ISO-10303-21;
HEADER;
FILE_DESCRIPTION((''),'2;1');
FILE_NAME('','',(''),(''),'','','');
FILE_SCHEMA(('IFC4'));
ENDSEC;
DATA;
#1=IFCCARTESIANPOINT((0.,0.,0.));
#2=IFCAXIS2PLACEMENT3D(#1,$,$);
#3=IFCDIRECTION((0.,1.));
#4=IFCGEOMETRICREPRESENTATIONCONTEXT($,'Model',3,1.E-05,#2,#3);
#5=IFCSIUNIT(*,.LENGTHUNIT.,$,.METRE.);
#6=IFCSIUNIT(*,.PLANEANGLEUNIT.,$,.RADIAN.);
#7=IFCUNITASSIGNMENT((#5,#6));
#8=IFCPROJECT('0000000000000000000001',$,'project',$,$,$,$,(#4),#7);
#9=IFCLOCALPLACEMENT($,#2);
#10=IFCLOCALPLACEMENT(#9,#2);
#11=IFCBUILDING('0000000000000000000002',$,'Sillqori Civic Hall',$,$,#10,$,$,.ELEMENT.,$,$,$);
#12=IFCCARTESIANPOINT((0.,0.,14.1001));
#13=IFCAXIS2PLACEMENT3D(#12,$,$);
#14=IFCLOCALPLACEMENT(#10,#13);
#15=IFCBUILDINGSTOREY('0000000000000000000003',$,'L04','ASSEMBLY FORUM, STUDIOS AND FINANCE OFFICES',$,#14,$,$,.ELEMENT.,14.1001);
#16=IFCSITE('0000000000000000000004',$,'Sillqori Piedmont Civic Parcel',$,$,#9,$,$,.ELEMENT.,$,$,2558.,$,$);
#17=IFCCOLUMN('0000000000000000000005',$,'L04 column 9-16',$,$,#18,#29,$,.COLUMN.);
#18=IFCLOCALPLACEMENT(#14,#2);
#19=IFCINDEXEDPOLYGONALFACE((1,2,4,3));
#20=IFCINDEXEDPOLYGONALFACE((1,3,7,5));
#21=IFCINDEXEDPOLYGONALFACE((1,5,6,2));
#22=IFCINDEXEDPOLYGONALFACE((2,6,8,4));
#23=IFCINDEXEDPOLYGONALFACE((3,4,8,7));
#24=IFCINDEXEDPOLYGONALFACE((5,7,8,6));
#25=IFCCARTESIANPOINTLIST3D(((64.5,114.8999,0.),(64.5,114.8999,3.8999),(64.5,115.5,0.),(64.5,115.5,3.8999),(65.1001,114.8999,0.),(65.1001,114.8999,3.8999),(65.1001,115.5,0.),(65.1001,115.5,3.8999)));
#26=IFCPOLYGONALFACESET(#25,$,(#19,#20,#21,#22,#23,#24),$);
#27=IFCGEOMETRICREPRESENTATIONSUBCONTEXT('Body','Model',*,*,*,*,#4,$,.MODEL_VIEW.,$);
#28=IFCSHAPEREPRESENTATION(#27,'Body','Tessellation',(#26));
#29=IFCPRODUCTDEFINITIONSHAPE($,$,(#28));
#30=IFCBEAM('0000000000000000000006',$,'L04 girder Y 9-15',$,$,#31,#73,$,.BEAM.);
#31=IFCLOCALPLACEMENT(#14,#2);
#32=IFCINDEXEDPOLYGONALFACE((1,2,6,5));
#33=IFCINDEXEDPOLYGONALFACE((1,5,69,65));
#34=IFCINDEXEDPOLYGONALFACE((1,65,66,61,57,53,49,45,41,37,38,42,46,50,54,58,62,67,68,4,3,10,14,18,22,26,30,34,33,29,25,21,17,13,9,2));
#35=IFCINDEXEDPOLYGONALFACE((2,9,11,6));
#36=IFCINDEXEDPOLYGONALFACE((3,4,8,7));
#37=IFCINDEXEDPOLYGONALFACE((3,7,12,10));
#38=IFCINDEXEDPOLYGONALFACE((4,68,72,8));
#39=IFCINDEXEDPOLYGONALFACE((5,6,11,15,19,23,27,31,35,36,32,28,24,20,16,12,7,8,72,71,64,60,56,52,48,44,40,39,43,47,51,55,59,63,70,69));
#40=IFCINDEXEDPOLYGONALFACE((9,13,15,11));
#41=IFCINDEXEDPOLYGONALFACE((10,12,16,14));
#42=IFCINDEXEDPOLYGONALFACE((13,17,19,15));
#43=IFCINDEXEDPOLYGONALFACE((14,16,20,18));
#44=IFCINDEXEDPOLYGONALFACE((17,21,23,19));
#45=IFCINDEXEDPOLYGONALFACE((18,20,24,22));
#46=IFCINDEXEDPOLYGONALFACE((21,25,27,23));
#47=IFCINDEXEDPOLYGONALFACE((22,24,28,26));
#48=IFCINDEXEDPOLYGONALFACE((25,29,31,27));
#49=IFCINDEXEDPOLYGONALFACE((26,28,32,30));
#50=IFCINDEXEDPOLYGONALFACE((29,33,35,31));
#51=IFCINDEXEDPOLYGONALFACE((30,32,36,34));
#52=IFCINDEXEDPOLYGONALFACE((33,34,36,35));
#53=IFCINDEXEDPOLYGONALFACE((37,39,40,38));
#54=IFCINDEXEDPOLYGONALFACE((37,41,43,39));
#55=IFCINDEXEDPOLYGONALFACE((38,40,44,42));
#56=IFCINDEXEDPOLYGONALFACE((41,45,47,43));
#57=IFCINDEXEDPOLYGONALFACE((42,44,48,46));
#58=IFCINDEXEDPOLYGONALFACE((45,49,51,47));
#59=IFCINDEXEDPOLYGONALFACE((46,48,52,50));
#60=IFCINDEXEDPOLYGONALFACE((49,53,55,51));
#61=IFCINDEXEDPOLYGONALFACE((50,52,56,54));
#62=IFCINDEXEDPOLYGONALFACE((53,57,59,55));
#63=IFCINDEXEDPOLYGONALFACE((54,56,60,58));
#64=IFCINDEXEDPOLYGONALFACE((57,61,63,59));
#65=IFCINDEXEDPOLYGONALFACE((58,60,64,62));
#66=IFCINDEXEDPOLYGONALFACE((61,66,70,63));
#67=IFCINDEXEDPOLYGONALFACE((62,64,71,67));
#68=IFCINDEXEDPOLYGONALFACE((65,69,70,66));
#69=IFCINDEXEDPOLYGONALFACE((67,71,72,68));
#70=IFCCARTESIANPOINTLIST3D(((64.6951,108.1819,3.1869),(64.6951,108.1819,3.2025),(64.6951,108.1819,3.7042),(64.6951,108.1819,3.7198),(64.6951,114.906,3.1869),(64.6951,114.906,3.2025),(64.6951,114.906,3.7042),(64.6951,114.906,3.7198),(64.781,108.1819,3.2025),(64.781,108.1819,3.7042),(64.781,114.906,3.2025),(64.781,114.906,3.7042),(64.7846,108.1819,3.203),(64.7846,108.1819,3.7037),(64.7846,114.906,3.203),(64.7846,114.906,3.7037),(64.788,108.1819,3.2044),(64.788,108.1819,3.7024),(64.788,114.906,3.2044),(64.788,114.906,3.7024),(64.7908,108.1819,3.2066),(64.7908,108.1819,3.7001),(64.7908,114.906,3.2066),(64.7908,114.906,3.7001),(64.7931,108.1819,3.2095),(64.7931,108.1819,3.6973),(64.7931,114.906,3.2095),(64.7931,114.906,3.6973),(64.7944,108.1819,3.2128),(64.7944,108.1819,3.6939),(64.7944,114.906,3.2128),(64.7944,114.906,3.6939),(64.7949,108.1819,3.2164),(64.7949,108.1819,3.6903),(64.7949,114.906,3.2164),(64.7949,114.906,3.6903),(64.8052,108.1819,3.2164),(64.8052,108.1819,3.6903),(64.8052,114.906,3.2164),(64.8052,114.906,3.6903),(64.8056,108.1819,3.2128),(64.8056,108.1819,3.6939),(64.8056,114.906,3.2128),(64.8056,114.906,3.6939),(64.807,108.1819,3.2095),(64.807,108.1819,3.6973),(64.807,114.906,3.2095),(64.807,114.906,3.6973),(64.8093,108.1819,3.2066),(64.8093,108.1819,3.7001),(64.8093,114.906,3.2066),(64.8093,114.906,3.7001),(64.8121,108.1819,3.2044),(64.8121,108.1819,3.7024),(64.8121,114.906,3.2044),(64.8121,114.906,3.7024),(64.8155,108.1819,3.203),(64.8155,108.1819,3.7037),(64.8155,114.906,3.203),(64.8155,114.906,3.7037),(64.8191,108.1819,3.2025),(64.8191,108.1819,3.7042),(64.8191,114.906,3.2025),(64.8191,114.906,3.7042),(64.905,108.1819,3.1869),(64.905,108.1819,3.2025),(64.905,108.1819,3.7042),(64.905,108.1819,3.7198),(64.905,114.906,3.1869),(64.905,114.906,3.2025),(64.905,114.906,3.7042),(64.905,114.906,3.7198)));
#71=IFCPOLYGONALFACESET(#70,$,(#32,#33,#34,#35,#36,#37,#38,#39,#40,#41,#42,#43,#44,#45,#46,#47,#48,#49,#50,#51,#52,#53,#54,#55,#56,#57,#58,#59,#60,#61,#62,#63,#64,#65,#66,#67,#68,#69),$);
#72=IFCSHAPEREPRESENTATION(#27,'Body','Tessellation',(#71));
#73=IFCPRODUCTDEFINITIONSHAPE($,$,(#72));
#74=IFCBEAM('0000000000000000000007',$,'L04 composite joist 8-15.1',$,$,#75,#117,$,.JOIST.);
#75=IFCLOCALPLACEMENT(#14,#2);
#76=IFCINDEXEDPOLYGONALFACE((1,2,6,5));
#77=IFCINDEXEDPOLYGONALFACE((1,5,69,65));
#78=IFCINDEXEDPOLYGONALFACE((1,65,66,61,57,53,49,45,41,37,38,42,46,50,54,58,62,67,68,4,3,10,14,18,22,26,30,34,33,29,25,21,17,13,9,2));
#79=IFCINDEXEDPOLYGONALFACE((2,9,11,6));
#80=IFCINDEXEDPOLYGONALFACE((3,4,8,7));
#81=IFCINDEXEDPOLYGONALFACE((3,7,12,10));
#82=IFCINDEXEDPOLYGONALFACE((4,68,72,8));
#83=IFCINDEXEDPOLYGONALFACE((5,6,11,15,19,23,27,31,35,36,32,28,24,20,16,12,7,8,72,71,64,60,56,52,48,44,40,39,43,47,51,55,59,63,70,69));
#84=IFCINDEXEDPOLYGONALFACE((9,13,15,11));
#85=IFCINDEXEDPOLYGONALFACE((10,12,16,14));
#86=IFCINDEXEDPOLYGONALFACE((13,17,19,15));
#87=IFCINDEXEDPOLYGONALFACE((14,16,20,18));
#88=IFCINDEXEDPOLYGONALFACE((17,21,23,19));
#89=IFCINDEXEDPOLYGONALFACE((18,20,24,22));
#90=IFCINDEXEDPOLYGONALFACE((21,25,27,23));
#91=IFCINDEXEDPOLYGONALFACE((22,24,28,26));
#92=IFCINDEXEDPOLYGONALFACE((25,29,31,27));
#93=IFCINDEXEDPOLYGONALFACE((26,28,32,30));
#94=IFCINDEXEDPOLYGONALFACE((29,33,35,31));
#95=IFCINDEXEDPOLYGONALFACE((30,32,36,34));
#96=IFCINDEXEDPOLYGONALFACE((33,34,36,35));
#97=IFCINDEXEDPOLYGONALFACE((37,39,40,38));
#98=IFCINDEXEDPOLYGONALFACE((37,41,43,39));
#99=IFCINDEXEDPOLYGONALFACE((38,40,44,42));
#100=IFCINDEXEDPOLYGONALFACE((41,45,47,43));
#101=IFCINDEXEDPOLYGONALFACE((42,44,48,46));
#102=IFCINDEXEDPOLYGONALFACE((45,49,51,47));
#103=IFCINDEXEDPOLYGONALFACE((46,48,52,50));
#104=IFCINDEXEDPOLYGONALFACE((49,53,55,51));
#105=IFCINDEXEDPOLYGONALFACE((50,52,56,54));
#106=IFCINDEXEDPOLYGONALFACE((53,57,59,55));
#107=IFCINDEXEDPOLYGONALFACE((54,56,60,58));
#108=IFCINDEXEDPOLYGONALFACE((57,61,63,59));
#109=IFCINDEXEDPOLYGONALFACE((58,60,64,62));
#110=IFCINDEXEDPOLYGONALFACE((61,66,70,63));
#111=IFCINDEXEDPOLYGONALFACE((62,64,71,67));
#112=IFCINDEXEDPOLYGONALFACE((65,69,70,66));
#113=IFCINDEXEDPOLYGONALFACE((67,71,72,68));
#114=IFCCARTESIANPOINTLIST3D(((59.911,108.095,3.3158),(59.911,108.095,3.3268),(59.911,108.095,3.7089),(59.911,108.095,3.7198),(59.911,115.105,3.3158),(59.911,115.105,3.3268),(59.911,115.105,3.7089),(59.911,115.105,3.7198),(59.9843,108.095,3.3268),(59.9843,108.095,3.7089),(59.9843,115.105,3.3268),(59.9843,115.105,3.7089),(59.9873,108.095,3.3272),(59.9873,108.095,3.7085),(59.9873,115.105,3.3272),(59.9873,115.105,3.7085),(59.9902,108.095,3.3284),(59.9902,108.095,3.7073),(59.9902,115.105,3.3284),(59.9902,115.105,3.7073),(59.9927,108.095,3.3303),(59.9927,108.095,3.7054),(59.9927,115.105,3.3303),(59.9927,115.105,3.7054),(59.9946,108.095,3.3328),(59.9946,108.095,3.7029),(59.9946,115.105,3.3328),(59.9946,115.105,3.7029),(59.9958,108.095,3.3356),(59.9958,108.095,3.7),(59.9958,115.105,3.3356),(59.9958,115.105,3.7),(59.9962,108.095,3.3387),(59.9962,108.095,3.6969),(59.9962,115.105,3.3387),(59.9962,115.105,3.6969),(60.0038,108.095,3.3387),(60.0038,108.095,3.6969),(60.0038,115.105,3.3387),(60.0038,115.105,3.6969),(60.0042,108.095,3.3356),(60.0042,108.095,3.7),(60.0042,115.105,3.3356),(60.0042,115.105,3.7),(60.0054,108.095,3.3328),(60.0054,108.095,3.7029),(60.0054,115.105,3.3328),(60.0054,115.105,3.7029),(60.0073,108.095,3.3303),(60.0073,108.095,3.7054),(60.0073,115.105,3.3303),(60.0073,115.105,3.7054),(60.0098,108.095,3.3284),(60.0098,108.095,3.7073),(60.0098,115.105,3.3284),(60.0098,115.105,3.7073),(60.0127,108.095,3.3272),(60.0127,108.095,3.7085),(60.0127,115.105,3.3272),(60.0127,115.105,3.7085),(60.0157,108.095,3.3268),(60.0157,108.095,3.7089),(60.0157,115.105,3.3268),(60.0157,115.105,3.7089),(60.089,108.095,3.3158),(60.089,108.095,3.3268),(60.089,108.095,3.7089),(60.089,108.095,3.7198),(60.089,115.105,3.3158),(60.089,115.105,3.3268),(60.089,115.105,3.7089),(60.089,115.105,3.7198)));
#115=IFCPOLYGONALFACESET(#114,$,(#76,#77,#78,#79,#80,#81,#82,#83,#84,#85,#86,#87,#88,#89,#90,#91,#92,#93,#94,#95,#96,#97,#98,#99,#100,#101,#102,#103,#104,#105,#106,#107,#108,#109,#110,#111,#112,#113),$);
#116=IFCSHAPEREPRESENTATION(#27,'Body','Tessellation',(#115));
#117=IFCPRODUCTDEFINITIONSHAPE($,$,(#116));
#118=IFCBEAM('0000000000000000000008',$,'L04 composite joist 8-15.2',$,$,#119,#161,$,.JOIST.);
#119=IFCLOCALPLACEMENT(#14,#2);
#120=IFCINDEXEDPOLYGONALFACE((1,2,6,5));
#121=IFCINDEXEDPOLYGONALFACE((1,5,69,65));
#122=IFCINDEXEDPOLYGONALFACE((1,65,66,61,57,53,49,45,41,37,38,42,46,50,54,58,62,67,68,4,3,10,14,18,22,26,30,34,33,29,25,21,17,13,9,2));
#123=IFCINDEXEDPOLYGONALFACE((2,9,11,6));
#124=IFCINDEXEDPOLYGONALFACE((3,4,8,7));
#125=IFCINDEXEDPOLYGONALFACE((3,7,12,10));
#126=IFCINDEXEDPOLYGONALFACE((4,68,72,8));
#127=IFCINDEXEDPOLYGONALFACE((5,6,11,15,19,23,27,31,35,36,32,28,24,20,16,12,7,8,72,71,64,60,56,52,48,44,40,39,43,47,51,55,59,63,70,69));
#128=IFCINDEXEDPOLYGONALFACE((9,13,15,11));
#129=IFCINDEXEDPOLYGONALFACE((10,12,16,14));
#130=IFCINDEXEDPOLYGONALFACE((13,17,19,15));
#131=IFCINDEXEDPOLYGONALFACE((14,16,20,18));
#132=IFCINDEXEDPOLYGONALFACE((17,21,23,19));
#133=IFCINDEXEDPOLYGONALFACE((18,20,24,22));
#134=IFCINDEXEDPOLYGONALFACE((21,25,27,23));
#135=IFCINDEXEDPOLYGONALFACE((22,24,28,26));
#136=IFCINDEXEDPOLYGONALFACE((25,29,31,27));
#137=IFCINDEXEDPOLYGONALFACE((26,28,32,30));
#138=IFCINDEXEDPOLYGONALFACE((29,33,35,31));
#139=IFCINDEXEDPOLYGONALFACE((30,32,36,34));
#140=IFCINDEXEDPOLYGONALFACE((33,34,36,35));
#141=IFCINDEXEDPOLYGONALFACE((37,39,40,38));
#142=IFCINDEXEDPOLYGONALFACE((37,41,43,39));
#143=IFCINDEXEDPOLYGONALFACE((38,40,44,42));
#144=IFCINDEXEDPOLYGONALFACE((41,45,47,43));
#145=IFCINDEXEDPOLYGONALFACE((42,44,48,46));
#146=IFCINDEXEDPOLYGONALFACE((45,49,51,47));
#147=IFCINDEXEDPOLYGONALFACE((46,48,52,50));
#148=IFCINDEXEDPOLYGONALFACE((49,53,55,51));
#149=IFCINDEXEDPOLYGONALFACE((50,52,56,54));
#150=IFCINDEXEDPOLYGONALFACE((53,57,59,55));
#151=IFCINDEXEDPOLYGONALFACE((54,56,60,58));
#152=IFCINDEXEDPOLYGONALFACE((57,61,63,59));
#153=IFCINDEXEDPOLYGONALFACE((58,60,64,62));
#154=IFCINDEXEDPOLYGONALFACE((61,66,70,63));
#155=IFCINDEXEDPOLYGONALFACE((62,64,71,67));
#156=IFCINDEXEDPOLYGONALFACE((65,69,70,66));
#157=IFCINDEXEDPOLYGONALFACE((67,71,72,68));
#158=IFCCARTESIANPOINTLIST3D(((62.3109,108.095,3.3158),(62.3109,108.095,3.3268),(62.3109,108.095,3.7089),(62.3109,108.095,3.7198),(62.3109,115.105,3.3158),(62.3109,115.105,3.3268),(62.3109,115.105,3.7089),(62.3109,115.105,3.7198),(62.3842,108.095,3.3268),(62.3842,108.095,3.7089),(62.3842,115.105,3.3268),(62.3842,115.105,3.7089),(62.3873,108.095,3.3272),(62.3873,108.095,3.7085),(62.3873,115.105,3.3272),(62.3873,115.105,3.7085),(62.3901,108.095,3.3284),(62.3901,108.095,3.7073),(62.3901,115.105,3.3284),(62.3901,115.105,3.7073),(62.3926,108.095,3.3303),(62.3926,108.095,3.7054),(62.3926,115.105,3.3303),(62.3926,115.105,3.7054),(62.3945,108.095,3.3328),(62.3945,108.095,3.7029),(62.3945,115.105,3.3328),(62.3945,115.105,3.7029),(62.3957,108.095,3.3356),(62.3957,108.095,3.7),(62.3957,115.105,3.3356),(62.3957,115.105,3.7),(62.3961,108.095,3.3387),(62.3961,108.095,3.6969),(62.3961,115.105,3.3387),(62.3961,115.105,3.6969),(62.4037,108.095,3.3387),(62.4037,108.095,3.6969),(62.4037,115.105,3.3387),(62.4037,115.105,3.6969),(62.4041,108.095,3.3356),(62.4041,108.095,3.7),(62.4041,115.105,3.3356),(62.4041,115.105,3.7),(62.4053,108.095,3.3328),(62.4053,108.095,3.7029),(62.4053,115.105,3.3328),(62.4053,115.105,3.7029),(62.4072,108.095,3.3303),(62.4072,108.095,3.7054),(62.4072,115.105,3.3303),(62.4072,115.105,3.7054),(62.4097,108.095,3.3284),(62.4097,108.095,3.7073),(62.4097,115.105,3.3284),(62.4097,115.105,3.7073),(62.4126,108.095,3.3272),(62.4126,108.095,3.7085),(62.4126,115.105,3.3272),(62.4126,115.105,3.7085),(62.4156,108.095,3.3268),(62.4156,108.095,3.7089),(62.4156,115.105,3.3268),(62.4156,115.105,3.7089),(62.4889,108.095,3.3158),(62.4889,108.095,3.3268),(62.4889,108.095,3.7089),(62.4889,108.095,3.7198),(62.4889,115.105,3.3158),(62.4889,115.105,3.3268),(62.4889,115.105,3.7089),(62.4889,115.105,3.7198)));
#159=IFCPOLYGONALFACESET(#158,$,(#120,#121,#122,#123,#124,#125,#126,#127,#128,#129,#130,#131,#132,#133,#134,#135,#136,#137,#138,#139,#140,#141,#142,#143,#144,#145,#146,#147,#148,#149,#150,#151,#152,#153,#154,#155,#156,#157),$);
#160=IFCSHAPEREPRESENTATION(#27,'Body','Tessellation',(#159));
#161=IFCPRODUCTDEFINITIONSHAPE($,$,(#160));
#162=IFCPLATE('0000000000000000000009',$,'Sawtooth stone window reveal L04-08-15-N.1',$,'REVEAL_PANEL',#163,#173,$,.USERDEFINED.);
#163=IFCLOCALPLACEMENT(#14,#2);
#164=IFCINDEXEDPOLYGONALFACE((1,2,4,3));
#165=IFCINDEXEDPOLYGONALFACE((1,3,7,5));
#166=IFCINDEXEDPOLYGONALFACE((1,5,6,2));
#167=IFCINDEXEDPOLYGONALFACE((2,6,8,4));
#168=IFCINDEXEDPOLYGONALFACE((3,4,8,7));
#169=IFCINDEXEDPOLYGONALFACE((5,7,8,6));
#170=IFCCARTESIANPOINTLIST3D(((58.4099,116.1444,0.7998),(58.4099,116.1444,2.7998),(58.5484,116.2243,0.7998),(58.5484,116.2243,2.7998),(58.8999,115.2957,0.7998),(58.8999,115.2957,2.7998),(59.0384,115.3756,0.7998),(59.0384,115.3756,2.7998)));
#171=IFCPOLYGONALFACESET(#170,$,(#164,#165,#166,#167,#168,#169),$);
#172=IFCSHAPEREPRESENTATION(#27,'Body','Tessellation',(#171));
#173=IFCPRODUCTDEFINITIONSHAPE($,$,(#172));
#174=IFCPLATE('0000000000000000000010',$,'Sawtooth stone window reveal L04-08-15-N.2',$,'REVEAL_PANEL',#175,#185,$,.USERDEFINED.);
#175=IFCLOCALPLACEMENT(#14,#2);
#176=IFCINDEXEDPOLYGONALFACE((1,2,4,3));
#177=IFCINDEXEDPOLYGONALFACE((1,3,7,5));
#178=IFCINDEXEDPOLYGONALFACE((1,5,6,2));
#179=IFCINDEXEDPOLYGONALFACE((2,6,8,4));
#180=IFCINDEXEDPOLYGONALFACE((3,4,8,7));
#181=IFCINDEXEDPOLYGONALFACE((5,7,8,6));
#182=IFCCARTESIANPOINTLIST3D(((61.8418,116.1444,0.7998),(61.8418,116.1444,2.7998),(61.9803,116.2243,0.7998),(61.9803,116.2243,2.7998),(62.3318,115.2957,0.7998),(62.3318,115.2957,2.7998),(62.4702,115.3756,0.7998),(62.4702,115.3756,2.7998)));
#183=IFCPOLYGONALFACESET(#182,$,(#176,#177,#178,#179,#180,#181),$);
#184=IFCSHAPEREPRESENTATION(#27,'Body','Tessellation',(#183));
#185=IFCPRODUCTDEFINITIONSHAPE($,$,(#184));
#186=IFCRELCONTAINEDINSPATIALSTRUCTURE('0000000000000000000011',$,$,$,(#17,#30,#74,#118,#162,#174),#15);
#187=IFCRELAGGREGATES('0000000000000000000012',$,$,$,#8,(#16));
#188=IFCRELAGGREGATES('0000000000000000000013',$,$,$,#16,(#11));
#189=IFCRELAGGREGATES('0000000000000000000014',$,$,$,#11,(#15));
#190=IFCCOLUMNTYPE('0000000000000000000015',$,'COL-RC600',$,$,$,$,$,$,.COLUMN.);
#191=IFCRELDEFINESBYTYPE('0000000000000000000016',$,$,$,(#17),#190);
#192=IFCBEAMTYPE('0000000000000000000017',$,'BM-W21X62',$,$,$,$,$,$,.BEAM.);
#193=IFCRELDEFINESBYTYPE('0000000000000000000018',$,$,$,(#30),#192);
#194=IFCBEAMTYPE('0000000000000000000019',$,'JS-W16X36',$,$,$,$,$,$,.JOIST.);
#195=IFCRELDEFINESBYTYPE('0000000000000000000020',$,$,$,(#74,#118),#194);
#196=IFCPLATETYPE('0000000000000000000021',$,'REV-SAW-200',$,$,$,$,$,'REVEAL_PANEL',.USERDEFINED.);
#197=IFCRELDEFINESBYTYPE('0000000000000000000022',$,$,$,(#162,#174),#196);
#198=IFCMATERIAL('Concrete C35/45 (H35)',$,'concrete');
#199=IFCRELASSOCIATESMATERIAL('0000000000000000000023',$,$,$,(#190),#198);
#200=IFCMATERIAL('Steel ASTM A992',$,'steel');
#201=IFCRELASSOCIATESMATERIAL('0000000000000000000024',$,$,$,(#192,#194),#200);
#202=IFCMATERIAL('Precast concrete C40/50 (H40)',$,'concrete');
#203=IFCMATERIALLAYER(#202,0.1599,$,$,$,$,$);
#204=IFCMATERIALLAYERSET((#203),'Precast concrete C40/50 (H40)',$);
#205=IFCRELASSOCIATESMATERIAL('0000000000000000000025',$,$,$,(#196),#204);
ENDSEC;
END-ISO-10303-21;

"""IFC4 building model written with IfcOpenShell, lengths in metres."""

from ifc_helpers import new_model, si_unit, direction, frame, origin, origin_2d, place, context, subcontext, project, spatial, rectangle, i_section, extrude, material, layer, layer_set, material_profile, profile_set, type_object, element, save


model = new_model("IFC4")

# Units and contexts
model_context = context("Model", 3, precision=1e-05, world=origin(), true_north=direction((0.0, 1.0)))
body_context = subcontext(model_context, "Body", "Model", "MODEL_VIEW")
ifc_project = project(units=[si_unit("LENGTHUNIT", "METRE"), si_unit("PLANEANGLEUNIT", "RADIAN")], contexts=[model_context])

# Site, building, storey
site_placement = place(None, origin())
site = spatial("IfcSite", under=ifc_project, at=site_placement, Name="Sillqori Piedmont Civic Parcel", CompositionType="ELEMENT", RefElevation=2558.0)
building_placement = place(site_placement, origin())
building = spatial("IfcBuilding", under=site, at=building_placement, Name="Sillqori Civic Hall", CompositionType="ELEMENT")
storey_placement = place(building_placement, frame((0.0, 0.0, 14.1001)))
storey = spatial("IfcBuildingStorey", under=building, at=storey_placement, Name="L04", Description="ASSEMBLY FORUM, STUDIOS AND FINANCE OFFICES", CompositionType="ELEMENT", Elevation=14.1001)

# Column
ifc_material_1 = material(Name="Concrete C35/45 (H35)", Category="concrete")
ifc_material_profile_1 = material_profile(ifc_material_1, rectangle(XDim=0.6001, YDim=0.6001, at=origin_2d()), Name="RC 600x600")
ifc_profile_set_1 = profile_set([ifc_material_profile_1], Name="Concrete C35/45 (H35)")
column_type = type_object("IfcColumnType", Name="COL-RC600", PredefinedType="COLUMN", material=ifc_profile_set_1)
column_placement = place(storey_placement, frame((64.8, 115.2, 0.0), z_axis=(0.0, 0.0, 1.0), x_axis=(1.0, 0.0, 0.0)))
element("IfcColumn", 1, at=column_placement, inside=storey, type_object=column_type, Name="L04 column 9-16", PredefinedType="COLUMN", context=body_context, shape_type="SweptSolid", body=[
    extrude(rectangle(XDim=0.6001, YDim=0.6001, at=origin_2d()), origin(), (0.0, 0.0, 1.0), 3.8999),
])

# Beams
ifc_material_2 = material(Name="Steel ASTM A992", Category="steel")
ifc_material_profile_2 = material_profile(ifc_material_2, i_section(OverallWidth=0.21, OverallDepth=0.533, WebThickness=0.0103, FlangeThickness=0.0156, FilletRadius=0.0139, at=origin_2d()), Name="W21X62")
ifc_profile_set_2 = profile_set([ifc_material_profile_2], Name="Steel ASTM A992")
beam_type_1 = type_object("IfcBeamType", Name="BM-W21X62", PredefinedType="BEAM", material=ifc_profile_set_2)
beam_placement = place(storey_placement, frame((64.8, 108.1819, 3.4534), z_axis=(0.0, 1.0, 0.0), x_axis=(-1.0, 0.0, 0.0)))
element("IfcBeam", 2, at=beam_placement, inside=storey, type_object=beam_type_1, Name="L04 girder Y 9-15", PredefinedType="BEAM", context=body_context, shape_type="SweptSolid", body=[
    extrude(i_section(OverallWidth=0.21, OverallDepth=0.533, WebThickness=0.0103, FlangeThickness=0.0156, FilletRadius=0.0139, at=origin_2d()), origin(), (0.0, 0.0, 1.0), 6.7241),
])
ifc_material_profile_3 = material_profile(ifc_material_2, i_section(OverallWidth=0.178, OverallDepth=0.4041, WebThickness=0.0076, FlangeThickness=0.011, FilletRadius=0.012, at=origin_2d()), Name="W16X36")
ifc_profile_set_3 = profile_set([ifc_material_profile_3], Name="Steel ASTM A992")
beam_type_2 = type_object("IfcBeamType", Name="JS-W16X36", PredefinedType="JOIST", material=ifc_profile_set_3)
for number, where, z_axis, x_axis, name in (
    (3, (60.0, 108.095, 3.5178), (0.0, 1.0, 0.0), (-1.0, 0.0, 0.0), "L04 composite joist 8-15.1"),
    (4, (62.3999, 108.095, 3.5178), (0.0, 1.0, 0.0), (-1.0, 0.0, 0.0), "L04 composite joist 8-15.2"),
):
    element("IfcBeam", number, at=place(storey_placement, frame(where, z_axis=z_axis, x_axis=x_axis)), inside=storey, type_object=beam_type_2, Name=name, PredefinedType="JOIST", context=body_context, shape_type="SweptSolid", body=[
        extrude(i_section(OverallWidth=0.178, OverallDepth=0.4041, WebThickness=0.0076, FlangeThickness=0.011, FilletRadius=0.012, at=origin_2d()), origin(), (0.0, 0.0, 1.0), 7.01),
    ])

# Plates
ifc_material_3 = material(Name="Precast concrete C40/50 (H40)", Category="concrete")
ifc_layer_1 = layer(ifc_material_3, 0.1599)
ifc_layer_set_1 = layer_set([ifc_layer_1], Name="Precast concrete C40/50 (H40)")
plate_type = type_object("IfcPlateType", Name="REV-SAW-200", ElementType="REVEAL_PANEL", PredefinedType="USERDEFINED", material=ifc_layer_set_1)
for number, where, z_axis, x_axis, name in (
    (5, (58.7241, 115.76, 0.7998), (0.0, 0.0, 1.0), (0.866025, 0.5, 0.0), "Sawtooth stone window reveal L04-08-15-N.1"),
    (6, (62.156, 115.76, 0.7998), (0.0, 0.0, 1.0), (0.866025, 0.5, 0.0), "Sawtooth stone window reveal L04-08-15-N.2"),
):
    element("IfcPlate", number, at=place(storey_placement, frame(where, z_axis=z_axis, x_axis=x_axis)), inside=storey, type_object=plate_type, Name=name, ObjectType="REVEAL_PANEL", PredefinedType="USERDEFINED", context=body_context, shape_type="SweptSolid", body=[
        extrude(rectangle(XDim=0.1599, YDim=0.98, at=origin_2d()), origin(), (0.0, 0.0, 1.0), 2.0),
    ])

save(model, "model.ifc")
